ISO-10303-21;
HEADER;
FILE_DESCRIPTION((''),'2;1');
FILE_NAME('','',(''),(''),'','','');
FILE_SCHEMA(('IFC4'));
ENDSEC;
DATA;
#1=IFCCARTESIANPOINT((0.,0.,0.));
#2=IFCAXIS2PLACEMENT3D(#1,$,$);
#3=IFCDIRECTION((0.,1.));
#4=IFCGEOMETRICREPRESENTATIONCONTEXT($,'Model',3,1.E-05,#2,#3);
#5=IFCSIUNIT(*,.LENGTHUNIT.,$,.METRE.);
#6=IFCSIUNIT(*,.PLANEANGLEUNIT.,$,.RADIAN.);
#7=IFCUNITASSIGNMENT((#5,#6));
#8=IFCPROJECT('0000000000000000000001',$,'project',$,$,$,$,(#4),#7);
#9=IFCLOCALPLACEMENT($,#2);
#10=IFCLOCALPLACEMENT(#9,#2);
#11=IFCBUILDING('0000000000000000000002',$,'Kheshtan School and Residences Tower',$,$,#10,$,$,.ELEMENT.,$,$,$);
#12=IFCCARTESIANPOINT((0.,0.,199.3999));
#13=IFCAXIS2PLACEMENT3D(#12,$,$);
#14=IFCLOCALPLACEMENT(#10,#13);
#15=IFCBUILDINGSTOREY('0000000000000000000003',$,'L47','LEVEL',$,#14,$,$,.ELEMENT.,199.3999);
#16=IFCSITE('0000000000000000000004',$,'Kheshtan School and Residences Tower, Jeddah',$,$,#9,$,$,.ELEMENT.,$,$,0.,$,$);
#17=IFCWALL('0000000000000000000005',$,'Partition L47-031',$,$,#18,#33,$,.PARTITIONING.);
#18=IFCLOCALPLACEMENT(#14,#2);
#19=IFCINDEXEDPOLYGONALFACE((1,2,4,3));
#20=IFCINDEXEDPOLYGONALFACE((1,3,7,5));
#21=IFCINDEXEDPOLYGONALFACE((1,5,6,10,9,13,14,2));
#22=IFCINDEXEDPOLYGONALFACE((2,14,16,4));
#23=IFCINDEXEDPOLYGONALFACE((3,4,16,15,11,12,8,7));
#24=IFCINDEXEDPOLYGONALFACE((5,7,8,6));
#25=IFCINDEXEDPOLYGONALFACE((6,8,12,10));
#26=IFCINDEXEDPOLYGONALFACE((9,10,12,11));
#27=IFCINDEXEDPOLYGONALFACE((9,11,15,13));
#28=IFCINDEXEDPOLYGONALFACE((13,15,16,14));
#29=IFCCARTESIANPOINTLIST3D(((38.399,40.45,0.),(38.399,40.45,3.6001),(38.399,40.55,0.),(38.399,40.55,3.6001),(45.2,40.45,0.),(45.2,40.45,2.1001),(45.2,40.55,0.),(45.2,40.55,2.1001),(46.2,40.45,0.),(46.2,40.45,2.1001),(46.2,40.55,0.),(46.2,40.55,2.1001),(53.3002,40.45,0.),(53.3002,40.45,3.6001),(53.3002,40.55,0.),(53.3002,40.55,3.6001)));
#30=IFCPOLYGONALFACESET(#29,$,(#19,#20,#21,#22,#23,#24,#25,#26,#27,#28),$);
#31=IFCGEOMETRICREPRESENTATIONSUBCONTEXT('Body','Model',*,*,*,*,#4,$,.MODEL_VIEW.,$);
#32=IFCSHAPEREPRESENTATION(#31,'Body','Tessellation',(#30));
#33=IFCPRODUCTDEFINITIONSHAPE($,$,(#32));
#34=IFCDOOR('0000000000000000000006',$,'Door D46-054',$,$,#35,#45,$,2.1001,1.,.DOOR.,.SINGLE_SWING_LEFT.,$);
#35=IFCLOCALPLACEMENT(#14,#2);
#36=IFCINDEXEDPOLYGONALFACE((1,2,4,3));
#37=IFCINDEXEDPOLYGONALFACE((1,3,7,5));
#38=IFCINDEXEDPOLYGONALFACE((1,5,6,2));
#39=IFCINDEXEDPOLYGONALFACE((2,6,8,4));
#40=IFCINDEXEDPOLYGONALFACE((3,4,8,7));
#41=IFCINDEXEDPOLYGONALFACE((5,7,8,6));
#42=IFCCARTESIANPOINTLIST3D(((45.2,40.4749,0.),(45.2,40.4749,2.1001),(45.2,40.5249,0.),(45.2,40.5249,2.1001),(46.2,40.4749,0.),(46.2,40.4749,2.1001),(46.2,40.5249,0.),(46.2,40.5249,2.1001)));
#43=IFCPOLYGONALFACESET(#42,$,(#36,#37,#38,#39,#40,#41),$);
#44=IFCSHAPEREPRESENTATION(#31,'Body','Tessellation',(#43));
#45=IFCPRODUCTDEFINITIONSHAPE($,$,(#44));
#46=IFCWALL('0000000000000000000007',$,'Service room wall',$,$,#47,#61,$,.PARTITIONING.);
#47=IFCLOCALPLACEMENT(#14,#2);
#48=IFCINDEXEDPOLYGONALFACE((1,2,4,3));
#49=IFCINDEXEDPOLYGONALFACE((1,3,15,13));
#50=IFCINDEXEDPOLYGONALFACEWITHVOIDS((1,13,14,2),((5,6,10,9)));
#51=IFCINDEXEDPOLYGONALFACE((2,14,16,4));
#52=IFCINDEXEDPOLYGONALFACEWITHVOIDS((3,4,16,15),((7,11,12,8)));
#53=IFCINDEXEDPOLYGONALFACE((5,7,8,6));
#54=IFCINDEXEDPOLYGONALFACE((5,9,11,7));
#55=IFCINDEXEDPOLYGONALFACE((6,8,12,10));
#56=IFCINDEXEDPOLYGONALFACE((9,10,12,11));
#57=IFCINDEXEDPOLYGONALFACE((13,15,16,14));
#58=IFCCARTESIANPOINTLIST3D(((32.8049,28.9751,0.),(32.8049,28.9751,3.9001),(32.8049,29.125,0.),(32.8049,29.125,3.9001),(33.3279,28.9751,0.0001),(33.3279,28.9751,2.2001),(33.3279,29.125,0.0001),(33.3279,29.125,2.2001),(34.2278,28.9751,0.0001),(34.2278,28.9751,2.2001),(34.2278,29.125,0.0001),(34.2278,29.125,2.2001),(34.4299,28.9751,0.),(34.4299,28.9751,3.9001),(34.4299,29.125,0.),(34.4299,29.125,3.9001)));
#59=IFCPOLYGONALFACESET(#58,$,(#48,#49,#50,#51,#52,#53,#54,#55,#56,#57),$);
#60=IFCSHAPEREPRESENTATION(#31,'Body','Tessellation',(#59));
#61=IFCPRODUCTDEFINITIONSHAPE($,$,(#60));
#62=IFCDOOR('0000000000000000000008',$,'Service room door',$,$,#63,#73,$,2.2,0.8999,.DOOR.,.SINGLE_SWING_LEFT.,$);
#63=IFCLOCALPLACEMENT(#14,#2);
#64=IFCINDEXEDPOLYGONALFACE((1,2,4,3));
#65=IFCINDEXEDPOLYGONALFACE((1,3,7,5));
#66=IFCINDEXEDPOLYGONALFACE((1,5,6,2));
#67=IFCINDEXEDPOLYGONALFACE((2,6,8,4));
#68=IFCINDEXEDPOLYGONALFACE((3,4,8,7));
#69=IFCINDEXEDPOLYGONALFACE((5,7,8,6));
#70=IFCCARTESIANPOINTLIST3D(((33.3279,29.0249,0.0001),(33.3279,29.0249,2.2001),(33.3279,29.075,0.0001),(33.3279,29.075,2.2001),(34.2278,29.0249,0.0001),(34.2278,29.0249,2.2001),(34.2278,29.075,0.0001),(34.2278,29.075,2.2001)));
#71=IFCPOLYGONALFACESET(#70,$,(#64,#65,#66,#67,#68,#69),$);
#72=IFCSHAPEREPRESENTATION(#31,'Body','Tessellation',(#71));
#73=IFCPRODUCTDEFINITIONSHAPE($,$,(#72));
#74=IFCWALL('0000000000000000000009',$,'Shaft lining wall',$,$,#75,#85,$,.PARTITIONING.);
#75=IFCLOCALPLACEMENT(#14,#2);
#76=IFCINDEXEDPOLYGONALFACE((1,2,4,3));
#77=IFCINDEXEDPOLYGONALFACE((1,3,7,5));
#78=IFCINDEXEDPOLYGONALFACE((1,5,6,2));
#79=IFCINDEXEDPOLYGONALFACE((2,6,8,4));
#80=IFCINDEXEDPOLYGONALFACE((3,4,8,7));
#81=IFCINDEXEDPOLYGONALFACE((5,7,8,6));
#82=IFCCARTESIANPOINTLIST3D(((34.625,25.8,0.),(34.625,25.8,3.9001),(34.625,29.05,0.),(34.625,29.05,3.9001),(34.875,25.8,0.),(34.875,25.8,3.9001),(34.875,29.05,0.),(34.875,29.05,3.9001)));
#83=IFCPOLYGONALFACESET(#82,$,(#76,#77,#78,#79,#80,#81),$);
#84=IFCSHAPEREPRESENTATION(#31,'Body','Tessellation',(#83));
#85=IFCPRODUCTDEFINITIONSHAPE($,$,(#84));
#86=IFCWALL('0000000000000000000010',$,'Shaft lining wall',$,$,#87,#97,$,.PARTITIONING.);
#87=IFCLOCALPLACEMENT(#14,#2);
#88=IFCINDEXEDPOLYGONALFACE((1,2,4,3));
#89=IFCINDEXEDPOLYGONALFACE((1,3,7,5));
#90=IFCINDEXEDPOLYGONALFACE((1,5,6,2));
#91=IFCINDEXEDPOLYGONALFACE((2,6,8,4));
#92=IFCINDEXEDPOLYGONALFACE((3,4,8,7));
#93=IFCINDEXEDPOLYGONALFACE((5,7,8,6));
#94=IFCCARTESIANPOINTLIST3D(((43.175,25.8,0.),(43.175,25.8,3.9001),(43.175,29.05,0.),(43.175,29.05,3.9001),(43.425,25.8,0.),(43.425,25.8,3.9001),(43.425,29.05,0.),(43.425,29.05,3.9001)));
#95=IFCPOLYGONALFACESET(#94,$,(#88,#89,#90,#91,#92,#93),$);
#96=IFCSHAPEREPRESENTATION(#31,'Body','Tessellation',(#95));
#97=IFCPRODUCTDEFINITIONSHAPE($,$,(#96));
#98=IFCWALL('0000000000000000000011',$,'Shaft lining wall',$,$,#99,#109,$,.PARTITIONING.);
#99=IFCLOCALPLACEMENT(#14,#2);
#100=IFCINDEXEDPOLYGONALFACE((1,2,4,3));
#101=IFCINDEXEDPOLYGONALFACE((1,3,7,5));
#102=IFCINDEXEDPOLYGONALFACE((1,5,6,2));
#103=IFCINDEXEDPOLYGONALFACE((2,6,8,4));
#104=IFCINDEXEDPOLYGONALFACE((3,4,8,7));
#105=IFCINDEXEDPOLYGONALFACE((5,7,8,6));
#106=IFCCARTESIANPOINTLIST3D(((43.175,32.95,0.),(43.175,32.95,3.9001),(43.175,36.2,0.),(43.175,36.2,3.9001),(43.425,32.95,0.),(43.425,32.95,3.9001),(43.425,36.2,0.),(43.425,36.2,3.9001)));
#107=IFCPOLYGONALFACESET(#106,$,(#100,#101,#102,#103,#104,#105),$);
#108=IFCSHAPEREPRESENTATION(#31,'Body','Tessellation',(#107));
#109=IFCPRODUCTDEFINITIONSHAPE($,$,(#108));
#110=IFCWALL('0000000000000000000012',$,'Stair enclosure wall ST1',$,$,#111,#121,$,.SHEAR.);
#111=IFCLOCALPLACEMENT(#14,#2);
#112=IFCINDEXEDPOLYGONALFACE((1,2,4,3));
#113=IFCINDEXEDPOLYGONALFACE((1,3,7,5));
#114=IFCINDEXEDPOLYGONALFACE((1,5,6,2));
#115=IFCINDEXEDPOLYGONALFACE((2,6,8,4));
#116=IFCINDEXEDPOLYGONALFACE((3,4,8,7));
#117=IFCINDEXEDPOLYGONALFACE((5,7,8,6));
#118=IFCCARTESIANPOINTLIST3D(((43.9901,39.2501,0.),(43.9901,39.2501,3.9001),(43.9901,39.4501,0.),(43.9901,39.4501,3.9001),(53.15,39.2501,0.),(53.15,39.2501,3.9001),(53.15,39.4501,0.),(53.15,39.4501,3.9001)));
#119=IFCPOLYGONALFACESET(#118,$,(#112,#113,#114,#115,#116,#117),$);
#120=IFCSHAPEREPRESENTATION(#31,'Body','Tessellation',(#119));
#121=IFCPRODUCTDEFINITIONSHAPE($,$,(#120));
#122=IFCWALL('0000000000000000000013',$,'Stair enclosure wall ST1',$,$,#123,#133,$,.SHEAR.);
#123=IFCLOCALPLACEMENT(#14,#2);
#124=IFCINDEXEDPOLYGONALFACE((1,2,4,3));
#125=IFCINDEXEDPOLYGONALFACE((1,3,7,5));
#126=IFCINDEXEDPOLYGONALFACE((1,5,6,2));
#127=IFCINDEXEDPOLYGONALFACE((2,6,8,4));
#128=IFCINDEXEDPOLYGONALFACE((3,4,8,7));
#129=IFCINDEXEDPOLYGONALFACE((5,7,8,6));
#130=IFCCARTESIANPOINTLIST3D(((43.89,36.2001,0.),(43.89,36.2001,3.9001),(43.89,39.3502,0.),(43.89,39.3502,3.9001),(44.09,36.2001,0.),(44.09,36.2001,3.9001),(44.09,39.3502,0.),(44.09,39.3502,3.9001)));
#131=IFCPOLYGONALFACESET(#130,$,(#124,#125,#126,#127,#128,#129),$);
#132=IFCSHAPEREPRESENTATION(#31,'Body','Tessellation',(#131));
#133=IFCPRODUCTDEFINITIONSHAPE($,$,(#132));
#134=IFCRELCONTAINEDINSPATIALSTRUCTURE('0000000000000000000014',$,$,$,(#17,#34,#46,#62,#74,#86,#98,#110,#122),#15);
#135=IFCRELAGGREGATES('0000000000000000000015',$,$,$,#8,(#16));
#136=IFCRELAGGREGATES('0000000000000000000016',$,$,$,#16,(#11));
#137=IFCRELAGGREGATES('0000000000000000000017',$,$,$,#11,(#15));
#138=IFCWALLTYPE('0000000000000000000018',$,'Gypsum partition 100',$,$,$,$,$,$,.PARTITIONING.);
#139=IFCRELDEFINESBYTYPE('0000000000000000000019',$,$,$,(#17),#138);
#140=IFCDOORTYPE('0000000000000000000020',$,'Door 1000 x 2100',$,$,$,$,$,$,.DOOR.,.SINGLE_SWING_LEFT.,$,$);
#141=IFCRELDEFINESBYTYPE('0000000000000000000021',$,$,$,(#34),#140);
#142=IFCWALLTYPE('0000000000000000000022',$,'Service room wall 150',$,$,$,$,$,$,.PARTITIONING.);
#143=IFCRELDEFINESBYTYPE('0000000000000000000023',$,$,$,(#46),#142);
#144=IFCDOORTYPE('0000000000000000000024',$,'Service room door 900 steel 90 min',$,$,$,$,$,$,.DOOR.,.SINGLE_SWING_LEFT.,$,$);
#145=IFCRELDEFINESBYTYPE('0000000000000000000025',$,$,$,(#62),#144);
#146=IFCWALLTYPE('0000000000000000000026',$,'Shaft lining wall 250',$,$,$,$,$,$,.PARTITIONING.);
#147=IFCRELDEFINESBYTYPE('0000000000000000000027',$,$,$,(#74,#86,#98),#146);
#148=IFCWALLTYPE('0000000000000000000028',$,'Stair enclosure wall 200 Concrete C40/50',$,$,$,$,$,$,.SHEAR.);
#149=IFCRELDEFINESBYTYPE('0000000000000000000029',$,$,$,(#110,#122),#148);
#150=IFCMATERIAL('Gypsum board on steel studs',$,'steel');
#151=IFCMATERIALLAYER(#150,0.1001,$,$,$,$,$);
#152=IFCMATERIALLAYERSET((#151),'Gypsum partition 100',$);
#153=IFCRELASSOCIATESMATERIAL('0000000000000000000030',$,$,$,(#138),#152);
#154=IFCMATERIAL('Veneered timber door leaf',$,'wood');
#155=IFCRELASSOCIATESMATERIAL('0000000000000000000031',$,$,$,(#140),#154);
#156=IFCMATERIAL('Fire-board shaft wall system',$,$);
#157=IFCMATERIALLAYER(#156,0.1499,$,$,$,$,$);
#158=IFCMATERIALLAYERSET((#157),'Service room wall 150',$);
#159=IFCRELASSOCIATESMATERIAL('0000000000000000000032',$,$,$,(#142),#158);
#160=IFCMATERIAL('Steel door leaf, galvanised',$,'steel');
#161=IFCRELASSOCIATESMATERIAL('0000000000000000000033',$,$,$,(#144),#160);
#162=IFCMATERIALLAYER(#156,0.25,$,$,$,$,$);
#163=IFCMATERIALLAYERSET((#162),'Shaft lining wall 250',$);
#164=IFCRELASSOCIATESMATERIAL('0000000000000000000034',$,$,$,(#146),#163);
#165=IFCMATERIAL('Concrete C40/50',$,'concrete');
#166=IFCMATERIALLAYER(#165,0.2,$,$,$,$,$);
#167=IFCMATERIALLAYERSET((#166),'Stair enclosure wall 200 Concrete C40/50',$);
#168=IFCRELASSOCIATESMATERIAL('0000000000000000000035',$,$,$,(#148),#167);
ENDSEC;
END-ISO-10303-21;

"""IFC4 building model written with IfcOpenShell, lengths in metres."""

from ifc_helpers import new_model, si_unit, direction, frame, frame_2d, origin, place, context, subcontext, project, spatial, rectangle, extrude, source, transform, mapped, material, layer, layer_set, type_object, element, fill, save


model = new_model("IFC4")

# Units and contexts
model_context = context("Model", 3, precision=1e-05, world=origin(), true_north=direction((0.0, 1.0)))
body_context = subcontext(model_context, "Body", "Model", "MODEL_VIEW")
ifc_project = project(units=[si_unit("LENGTHUNIT", "METRE"), si_unit("PLANEANGLEUNIT", "RADIAN")], contexts=[model_context])

# Site, building, storey
site_placement = place(None, origin())
site = spatial("IfcSite", under=ifc_project, at=site_placement, Name="Kheshtan School and Residences Tower, Jeddah", CompositionType="ELEMENT", RefElevation=0.0)
building_placement = place(site_placement, origin())
building = spatial("IfcBuilding", under=site, at=building_placement, Name="Kheshtan School and Residences Tower", CompositionType="ELEMENT")
storey_placement = place(building_placement, frame((0.0, 0.0, 199.3999)))
storey = spatial("IfcBuildingStorey", under=building, at=storey_placement, Name="L47", Description="LEVEL", CompositionType="ELEMENT", Elevation=199.3999)

# Shared definitions
ifc_material_1 = material(Name="Steel door leaf, galvanised", Category="steel")

# Walls, openings, doors
ifc_material_2 = material(Name="Gypsum board on steel studs", Category="steel")
ifc_layer_1 = layer(ifc_material_2, 0.1001)
ifc_layer_set_1 = layer_set([ifc_layer_1], Name="Gypsum partition 100")
wall_type_1 = type_object("IfcWallType", Name="Gypsum partition 100", PredefinedType="PARTITIONING", material=ifc_layer_set_1)
wall_1_placement = place(storey_placement, frame((38.3989, 40.5, 0.0), z_axis=(0.0, 0.0, 1.0), x_axis=(1.0, 0.0, 0.0)))
wall_1 = element("IfcWall", 1, at=wall_1_placement, inside=storey, type_object=wall_type_1, Name="Partition L47-031", PredefinedType="PARTITIONING", context=body_context, shape_type="SweptSolid", body=[
    extrude(rectangle(XDim=14.9011, YDim=0.1001, at=frame_2d((7.4507, 0.0))), origin(), (0.0, 0.0, 1.0), 3.6001),
])
opening_1_placement = place(wall_1_placement, frame((6.801, 0.0, 0.0)))
opening_1 = element("IfcOpeningElement", 2, at=opening_1_placement, cuts=wall_1, PredefinedType="OPENING", context=body_context, shape_type="SweptSolid", body=[
    extrude(rectangle(XDim=1.0, YDim=2.1001, at=frame_2d((0.5, 1.05))), frame((0.0, 0.0601, 0.0), z_axis=(0.0, -1.0, 0.0), x_axis=(1.0, 0.0, 0.0)), (0.0, 0.0, 1.0), 0.1201),
])
ifc_material_3 = material(Name="Veneered timber door leaf", Category="wood")
door_type_1 = type_object("IfcDoorType", Name="Door 1000 x 2100", OperationType="SINGLE_SWING_LEFT", PredefinedType="DOOR", material=ifc_material_3)
shared_shape_1 = source(origin(), body_context, "Body", "SweptSolid", [
    extrude(rectangle(XDim=1.0, YDim=2.1001, at=frame_2d((0.5, 1.05))), frame((0.0, 0.0249, 0.0), z_axis=(0.0, -1.0, 0.0), x_axis=(1.0, 0.0, 0.0)), (0.0, 0.0, 1.0), 0.05),
])
door_1_placement = place(opening_1_placement, origin())
door_1 = element("IfcDoor", 3, at=door_1_placement, inside=storey, type_object=door_type_1, Name="Door D46-054", OperationType="SINGLE_SWING_LEFT", OverallHeight=2.1001, OverallWidth=1.0, PredefinedType="DOOR", context=body_context, shape_type="MappedRepresentation", body=[
    mapped(shared_shape_1, transform((0.0, 0.0, 0.0), x_axis=(1.0, 0.0, 0.0), y_axis=(0.0, 1.0, 0.0), z_axis=(0.0, 0.0, 1.0), scale=1.0)),
])
fill(opening_1, door_1)
ifc_material_4 = material(Name="Fire-board shaft wall system")
ifc_layer_2 = layer(ifc_material_4, 0.1499)
ifc_layer_set_2 = layer_set([ifc_layer_2], Name="Service room wall 150")
wall_type_2 = type_object("IfcWallType", Name="Service room wall 150", PredefinedType="PARTITIONING", material=ifc_layer_set_2)
wall_2_placement = place(storey_placement, frame((32.8049, 29.05, 0.0), z_axis=(0.0, 0.0, 1.0), x_axis=(1.0, 0.0, 0.0)))
wall_2 = element("IfcWall", 4, at=wall_2_placement, inside=storey, type_object=wall_type_2, Name="Service room wall", PredefinedType="PARTITIONING", context=body_context, shape_type="SweptSolid", body=[
    extrude(rectangle(XDim=1.625, YDim=0.1499, at=frame_2d((0.8125, 0.0))), origin(), (0.0, 0.0, 1.0), 3.9001),
])
opening_2_placement = place(wall_2_placement, frame((0.5229, 0.0, 0.0)))
opening_2 = element("IfcOpeningElement", 5, at=opening_2_placement, cuts=wall_2, PredefinedType="OPENING", context=body_context, shape_type="SweptSolid", body=[
    extrude(rectangle(XDim=0.8999, YDim=2.2, at=frame_2d((0.45, 1.1001))), frame((0.0, 0.085, 0.0), z_axis=(0.0, -1.0, 0.0), x_axis=(1.0, 0.0, 0.0)), (0.0, 0.0, 1.0), 0.1699),
])
door_type_2 = type_object("IfcDoorType", Name="Service room door 900 steel 90 min", OperationType="SINGLE_SWING_LEFT", PredefinedType="DOOR", material=ifc_material_1)
shared_shape_2 = source(origin(), body_context, "Body", "SweptSolid", [
    extrude(rectangle(XDim=0.8999, YDim=2.2, at=frame_2d((0.45, 1.1001))), frame((0.0, 0.0249, 0.0), z_axis=(0.0, -1.0, 0.0), x_axis=(1.0, 0.0, 0.0)), (0.0, 0.0, 1.0), 0.05),
])
door_2_placement = place(opening_2_placement, origin())
door_2 = element("IfcDoor", 6, at=door_2_placement, inside=storey, type_object=door_type_2, Name="Service room door", OperationType="SINGLE_SWING_LEFT", OverallHeight=2.2, OverallWidth=0.8999, PredefinedType="DOOR", context=body_context, shape_type="MappedRepresentation", body=[
    mapped(shared_shape_2, transform((0.0, 0.0, 0.0), x_axis=(1.0, 0.0, 0.0), y_axis=(0.0, 1.0, 0.0), z_axis=(0.0, 0.0, 1.0), scale=1.0)),
])
fill(opening_2, door_2)

# Walls
ifc_layer_3 = layer(ifc_material_4, 0.25)
ifc_layer_set_3 = layer_set([ifc_layer_3], Name="Shaft lining wall 250")
wall_type_3 = type_object("IfcWallType", Name="Shaft lining wall 250", PredefinedType="PARTITIONING", material=ifc_layer_set_3)
for number, where, z_axis, x_axis, name in (
    (7, (34.75, 25.8, 0.0), (0.0, 0.0, 1.0), (0.0, 1.0, 0.0), "Shaft lining wall"),
    (8, (43.3, 25.8, 0.0), (0.0, 0.0, 1.0), (0.0, 1.0, 0.0), "Shaft lining wall"),
    (9, (43.3, 32.95, 0.0), (0.0, 0.0, 1.0), (0.0, 1.0, 0.0), "Shaft lining wall"),
):
    element("IfcWall", number, at=place(storey_placement, frame(where, z_axis=z_axis, x_axis=x_axis)), inside=storey, type_object=wall_type_3, Name=name, PredefinedType="PARTITIONING", context=body_context, shape_type="SweptSolid", body=[
        extrude(rectangle(XDim=3.25, YDim=0.25, at=frame_2d((1.625, 0.0))), origin(), (0.0, 0.0, 1.0), 3.9001),
    ])
ifc_material_5 = material(Name="Concrete C40/50", Category="concrete")
ifc_layer_4 = layer(ifc_material_5, 0.2)
ifc_layer_set_4 = layer_set([ifc_layer_4], Name="Stair enclosure wall 200 Concrete C40/50")
wall_type_4 = type_object("IfcWallType", Name="Stair enclosure wall 200 Concrete C40/50", PredefinedType="SHEAR", material=ifc_layer_set_4)
wall_3_placement = place(storey_placement, frame((43.99, 39.3501, 0.0), z_axis=(0.0, 0.0, 1.0), x_axis=(1.0, 0.0, 0.0)))
element("IfcWall", 10, at=wall_3_placement, inside=storey, type_object=wall_type_4, Name="Stair enclosure wall ST1", PredefinedType="SHEAR", context=body_context, shape_type="SweptSolid", body=[
    extrude(rectangle(XDim=9.1599, YDim=0.2, at=frame_2d((4.5801, 0.0))), origin(), (0.0, 0.0, 1.0), 3.9001),
])
wall_4_placement = place(storey_placement, frame((43.99, 36.2, 0.0), z_axis=(0.0, 0.0, 1.0), x_axis=(0.0, 1.0, 0.0)))
element("IfcWall", 11, at=wall_4_placement, inside=storey, type_object=wall_type_4, Name="Stair enclosure wall ST1", PredefinedType="SHEAR", context=body_context, shape_type="SweptSolid", body=[
    extrude(rectangle(XDim=3.1501, YDim=0.2, at=frame_2d((1.5752, 0.0))), origin(), (0.0, 0.0, 1.0), 3.9001),
])

save(model, "model.ifc")
